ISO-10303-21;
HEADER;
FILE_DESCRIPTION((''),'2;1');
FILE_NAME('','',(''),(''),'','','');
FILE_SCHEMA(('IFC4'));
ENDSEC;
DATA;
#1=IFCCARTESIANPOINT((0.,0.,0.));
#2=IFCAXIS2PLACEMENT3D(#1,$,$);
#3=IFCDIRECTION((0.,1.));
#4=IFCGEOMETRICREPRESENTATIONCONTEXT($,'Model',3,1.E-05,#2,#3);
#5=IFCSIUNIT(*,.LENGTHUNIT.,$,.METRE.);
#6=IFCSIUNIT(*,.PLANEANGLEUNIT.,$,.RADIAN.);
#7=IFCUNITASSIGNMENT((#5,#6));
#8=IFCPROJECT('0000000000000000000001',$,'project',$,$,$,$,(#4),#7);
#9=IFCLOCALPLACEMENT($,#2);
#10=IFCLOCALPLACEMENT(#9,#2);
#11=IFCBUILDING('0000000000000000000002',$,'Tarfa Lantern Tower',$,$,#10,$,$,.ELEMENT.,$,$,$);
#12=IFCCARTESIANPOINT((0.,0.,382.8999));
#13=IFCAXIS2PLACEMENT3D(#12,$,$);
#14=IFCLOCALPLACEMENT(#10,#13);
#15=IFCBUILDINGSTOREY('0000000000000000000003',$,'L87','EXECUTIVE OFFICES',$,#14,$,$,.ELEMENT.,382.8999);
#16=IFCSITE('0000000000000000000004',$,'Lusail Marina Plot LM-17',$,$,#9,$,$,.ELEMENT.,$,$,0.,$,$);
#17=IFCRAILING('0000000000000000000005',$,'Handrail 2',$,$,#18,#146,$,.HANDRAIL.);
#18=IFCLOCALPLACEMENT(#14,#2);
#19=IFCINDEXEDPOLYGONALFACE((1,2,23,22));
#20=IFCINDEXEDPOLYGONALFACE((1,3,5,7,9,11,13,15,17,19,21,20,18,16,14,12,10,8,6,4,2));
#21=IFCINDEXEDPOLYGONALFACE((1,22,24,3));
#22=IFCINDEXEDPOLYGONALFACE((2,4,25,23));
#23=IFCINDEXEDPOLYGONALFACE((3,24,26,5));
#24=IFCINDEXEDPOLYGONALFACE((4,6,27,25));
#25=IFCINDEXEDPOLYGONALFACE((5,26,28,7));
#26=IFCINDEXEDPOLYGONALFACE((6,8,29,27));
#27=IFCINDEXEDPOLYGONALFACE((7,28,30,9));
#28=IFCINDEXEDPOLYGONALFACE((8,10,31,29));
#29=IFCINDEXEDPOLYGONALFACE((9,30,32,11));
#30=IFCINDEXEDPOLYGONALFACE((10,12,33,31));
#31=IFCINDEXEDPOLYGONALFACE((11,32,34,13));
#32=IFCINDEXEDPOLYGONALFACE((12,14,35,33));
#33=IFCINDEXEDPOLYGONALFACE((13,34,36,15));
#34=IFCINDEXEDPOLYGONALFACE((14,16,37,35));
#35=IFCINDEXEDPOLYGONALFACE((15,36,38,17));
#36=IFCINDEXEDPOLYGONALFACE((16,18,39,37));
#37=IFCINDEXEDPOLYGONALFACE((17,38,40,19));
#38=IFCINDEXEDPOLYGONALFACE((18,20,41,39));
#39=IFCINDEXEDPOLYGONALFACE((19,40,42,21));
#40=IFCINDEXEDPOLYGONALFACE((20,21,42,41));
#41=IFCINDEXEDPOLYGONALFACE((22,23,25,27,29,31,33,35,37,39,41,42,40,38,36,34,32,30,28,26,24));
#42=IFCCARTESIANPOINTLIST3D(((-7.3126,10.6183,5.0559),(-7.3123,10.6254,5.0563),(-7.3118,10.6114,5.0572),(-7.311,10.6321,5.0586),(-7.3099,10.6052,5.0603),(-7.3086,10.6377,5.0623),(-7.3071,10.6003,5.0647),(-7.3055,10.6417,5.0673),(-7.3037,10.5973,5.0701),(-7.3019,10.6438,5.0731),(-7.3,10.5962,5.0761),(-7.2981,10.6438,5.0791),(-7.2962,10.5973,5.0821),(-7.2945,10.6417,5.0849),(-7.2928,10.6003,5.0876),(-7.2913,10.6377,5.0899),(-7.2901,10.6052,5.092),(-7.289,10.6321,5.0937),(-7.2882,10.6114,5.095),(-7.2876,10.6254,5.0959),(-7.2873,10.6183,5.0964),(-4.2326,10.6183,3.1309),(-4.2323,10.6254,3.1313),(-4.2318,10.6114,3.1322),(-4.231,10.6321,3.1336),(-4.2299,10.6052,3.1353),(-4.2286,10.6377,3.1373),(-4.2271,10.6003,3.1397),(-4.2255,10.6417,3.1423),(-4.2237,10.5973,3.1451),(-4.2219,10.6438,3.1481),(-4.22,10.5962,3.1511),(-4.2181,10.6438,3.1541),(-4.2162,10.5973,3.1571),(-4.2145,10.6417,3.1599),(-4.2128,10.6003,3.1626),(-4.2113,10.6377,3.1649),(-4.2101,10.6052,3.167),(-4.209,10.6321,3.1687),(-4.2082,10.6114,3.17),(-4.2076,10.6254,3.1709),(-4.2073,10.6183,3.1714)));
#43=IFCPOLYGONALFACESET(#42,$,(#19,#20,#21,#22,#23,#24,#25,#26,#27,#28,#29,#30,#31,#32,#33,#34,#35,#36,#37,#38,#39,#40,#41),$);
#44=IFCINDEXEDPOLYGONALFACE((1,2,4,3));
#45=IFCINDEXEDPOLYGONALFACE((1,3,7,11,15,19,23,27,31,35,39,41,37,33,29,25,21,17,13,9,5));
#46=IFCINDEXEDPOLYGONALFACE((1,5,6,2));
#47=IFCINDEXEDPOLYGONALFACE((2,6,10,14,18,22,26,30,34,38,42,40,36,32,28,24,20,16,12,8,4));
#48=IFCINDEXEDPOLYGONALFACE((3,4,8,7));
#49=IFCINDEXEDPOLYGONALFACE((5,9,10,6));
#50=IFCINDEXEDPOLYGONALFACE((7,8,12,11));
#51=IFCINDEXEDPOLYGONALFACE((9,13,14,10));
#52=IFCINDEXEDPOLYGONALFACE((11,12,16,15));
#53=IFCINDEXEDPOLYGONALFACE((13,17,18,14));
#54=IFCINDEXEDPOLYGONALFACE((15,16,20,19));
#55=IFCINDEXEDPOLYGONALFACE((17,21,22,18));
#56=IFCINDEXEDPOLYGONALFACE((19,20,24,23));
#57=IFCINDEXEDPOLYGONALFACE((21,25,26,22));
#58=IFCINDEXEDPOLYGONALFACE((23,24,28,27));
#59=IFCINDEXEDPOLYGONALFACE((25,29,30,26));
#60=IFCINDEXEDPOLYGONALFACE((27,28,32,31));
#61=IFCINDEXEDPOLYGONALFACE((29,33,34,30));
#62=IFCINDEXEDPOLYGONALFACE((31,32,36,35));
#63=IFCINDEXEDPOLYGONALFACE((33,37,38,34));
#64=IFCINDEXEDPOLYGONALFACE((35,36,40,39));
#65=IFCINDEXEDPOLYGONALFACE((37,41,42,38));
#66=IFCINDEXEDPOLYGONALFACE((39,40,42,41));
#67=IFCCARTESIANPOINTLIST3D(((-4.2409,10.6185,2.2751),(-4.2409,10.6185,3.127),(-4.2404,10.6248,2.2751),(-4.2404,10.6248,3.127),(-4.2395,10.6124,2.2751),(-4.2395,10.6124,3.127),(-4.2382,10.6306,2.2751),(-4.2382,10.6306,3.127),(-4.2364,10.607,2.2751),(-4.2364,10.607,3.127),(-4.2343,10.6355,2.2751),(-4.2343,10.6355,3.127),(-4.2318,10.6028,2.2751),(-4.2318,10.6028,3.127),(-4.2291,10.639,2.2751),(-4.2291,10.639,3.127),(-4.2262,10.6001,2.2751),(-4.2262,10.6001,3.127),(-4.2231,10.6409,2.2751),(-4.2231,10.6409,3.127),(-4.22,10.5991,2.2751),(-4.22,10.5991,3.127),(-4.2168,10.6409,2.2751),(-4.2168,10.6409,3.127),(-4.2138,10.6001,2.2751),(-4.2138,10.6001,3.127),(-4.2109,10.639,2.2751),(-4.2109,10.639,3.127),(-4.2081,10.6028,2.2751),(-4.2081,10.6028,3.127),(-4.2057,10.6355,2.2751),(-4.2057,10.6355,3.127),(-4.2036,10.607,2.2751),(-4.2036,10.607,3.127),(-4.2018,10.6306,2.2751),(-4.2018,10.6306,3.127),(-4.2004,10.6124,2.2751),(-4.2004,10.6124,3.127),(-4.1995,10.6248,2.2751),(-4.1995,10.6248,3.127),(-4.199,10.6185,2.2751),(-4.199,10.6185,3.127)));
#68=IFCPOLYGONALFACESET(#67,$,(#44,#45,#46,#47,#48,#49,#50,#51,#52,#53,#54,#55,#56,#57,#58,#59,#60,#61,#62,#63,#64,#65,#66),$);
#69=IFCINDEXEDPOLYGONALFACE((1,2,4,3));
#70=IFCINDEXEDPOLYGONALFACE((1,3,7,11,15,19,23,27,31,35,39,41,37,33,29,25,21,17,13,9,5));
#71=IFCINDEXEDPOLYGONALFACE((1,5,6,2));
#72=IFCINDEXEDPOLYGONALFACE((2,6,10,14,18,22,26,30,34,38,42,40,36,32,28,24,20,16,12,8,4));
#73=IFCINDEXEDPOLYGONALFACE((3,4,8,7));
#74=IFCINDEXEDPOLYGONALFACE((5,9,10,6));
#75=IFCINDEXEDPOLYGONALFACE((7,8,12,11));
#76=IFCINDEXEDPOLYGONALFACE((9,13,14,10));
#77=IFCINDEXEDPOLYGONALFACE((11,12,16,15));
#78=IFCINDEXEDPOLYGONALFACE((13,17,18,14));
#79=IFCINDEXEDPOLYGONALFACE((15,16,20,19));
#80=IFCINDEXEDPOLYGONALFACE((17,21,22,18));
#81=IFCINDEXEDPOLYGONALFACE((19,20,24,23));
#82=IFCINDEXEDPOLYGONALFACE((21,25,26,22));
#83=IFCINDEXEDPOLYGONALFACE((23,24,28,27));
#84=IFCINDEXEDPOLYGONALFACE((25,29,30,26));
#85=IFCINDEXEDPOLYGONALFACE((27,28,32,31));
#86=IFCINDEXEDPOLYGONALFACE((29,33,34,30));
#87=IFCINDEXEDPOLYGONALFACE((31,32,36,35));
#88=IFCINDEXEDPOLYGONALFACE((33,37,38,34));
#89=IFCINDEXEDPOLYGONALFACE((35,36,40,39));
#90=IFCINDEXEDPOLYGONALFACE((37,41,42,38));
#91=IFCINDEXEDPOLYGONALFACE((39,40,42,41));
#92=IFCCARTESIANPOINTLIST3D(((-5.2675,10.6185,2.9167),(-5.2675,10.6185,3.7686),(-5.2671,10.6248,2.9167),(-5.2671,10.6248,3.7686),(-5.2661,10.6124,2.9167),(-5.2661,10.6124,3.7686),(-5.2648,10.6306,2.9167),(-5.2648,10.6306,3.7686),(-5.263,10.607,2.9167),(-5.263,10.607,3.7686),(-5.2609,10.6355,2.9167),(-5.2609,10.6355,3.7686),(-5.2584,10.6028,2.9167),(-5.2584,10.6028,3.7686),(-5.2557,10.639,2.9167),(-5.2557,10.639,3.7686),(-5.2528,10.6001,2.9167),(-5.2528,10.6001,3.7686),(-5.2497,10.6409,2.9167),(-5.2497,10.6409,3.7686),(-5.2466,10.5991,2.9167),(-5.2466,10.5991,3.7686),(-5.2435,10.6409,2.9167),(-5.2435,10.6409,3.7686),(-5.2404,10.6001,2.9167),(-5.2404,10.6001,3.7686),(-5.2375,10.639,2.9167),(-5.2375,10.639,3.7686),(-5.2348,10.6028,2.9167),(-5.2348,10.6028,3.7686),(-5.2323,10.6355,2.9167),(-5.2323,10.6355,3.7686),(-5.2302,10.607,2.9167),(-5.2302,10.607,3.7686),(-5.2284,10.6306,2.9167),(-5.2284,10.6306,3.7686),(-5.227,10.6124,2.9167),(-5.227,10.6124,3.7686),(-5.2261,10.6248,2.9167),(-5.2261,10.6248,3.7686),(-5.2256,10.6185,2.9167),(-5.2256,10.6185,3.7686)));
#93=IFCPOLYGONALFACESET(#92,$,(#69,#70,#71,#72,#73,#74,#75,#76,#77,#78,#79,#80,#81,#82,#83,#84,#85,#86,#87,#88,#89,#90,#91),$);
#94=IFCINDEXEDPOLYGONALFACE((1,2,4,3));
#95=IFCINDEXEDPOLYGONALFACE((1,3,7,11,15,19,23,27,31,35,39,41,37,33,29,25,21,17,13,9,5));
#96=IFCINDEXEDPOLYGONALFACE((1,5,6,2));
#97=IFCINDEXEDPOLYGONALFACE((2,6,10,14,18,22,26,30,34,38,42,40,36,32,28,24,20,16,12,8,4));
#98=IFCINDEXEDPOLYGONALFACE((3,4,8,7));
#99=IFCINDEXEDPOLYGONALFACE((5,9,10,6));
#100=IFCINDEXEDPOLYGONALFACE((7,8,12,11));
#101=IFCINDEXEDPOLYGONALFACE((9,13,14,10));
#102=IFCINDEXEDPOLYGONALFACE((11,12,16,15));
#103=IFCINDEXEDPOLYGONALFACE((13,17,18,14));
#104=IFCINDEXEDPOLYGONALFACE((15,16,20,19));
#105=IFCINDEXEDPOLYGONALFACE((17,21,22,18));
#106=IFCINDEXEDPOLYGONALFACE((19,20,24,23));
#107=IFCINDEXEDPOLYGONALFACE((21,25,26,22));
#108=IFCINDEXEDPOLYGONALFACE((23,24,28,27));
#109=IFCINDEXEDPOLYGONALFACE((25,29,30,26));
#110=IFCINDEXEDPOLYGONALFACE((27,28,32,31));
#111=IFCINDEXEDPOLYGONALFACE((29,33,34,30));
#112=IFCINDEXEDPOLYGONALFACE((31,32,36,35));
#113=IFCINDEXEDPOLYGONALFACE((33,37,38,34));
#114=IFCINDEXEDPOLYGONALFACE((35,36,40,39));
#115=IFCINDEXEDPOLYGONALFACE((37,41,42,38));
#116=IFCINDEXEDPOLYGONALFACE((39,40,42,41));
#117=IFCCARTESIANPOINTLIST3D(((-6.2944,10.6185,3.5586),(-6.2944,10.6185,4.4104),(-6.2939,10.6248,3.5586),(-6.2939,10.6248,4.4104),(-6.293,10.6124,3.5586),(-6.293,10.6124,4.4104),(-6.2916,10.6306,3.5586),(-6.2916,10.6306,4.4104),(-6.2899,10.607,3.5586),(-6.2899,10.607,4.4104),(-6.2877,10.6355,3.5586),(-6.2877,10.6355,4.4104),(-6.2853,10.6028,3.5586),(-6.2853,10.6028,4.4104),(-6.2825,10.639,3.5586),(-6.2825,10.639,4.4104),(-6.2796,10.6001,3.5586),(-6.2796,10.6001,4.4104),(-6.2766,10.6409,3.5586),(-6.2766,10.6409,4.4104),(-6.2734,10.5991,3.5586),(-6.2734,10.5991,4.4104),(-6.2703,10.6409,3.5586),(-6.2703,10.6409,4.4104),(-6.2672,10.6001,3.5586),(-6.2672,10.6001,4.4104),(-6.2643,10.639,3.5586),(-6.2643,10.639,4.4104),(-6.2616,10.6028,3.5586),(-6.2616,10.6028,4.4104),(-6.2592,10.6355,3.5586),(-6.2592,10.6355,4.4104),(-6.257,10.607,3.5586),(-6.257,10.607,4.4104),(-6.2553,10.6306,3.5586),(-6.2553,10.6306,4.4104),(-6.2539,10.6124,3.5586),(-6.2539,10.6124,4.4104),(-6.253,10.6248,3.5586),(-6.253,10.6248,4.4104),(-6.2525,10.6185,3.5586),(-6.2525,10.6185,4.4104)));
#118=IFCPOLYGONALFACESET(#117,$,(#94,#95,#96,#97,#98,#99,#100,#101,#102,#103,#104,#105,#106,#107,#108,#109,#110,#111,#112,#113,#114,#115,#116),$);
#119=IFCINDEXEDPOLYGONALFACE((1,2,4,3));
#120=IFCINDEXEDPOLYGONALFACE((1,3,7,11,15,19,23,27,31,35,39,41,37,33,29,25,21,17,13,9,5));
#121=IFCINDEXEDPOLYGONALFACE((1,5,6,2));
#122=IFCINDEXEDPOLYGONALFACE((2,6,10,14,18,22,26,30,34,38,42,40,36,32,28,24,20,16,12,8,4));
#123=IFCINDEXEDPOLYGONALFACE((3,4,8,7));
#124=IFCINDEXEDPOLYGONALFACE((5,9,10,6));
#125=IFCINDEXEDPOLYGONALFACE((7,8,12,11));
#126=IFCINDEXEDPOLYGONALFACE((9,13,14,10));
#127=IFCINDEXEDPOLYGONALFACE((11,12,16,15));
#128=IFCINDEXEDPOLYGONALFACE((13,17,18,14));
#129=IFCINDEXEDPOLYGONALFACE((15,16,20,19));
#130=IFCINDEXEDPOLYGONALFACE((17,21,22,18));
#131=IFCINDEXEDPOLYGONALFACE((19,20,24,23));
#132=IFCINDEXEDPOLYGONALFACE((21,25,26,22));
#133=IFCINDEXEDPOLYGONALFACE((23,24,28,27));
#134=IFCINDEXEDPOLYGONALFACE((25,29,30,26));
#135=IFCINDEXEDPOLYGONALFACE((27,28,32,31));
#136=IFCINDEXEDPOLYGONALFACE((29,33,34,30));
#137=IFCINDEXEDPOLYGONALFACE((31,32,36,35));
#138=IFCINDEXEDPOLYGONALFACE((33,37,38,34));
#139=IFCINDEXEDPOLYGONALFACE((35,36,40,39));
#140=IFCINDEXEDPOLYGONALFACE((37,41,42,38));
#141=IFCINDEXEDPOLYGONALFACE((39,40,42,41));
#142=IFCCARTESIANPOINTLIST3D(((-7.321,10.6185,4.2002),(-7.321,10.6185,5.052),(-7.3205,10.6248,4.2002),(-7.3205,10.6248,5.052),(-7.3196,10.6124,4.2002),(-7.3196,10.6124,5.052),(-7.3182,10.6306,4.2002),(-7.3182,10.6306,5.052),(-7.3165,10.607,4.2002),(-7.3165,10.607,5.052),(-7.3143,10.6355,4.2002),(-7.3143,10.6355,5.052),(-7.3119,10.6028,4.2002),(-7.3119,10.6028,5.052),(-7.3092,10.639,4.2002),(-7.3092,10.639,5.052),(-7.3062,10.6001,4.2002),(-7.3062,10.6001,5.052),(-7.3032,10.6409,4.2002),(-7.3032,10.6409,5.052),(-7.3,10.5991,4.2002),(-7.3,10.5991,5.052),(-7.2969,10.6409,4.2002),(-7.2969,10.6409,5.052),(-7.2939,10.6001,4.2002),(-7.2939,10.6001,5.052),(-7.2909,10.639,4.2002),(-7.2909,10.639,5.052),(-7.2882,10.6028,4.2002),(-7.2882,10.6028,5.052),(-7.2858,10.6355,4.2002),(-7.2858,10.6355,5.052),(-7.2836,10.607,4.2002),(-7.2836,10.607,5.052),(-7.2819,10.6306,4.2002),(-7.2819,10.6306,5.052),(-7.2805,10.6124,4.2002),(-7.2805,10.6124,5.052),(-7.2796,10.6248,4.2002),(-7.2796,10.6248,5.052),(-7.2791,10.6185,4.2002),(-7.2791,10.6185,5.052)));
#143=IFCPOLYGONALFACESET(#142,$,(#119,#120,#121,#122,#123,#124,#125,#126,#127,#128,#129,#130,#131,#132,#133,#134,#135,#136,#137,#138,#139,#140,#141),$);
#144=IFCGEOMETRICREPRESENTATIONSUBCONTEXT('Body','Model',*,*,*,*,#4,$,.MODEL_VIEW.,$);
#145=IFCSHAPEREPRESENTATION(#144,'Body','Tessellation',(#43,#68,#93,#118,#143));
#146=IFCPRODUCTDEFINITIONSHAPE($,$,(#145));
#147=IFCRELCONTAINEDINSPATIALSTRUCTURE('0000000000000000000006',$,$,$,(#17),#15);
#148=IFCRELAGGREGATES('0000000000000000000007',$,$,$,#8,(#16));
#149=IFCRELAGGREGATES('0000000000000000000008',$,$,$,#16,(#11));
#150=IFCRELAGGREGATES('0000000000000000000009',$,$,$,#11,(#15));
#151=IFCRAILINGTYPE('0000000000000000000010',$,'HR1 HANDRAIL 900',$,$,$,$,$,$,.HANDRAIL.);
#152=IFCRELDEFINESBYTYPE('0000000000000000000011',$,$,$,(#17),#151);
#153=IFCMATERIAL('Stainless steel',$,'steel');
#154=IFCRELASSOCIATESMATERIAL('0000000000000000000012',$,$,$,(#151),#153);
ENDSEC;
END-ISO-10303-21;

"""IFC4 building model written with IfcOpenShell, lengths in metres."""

from ifc_helpers import new_model, si_unit, direction, frame, origin, origin_2d, place, context, subcontext, project, spatial, circle, extrude, material, type_object, element, save


model = new_model("IFC4")

# Units and contexts
model_context = context("Model", 3, precision=1e-05, world=origin(), true_north=direction((0.0, 1.0)))
body_context = subcontext(model_context, "Body", "Model", "MODEL_VIEW")
ifc_project = project(units=[si_unit("LENGTHUNIT", "METRE"), si_unit("PLANEANGLEUNIT", "RADIAN")], contexts=[model_context])

# Site, building, storey
site_placement = place(None, origin())
site = spatial("IfcSite", under=ifc_project, at=site_placement, Name="Lusail Marina Plot LM-17", CompositionType="ELEMENT", RefElevation=0.0)
building_placement = place(site_placement, origin())
building = spatial("IfcBuilding", under=site, at=building_placement, Name="Tarfa Lantern Tower", CompositionType="ELEMENT")
storey_placement = place(building_placement, frame((0.0, 0.0, 382.8999)))
storey = spatial("IfcBuildingStorey", under=building, at=storey_placement, Name="L87", Description="EXECUTIVE OFFICES", CompositionType="ELEMENT", Elevation=382.8999)

# Railing
ifc_material_1 = material(Name="Stainless steel", Category="steel")
railing_type = type_object("IfcRailingType", Name="HR1 HANDRAIL 900", PredefinedType="HANDRAIL", material=ifc_material_1)
railing_1_placement = place(storey_placement, frame((-4.22, 10.6201, 2.2751)))
element("IfcRailing", 1, at=railing_1_placement, inside=storey, type_object=railing_type, Name="Handrail 2", PredefinedType="HANDRAIL", context=body_context, shape_type="SweptSolid", body=[
    extrude(circle(Radius=0.0239, at=origin_2d()), frame((0.0, 0.0, 0.876), z_axis=(-0.847998, 0.0, 0.529999), x_axis=(0.0, -1.0, 0.0)), (0.0, 0.0, 1.0), 3.6321),
    extrude(circle(Radius=0.021, at=origin_2d()), frame((0.0, 0.0, 0.0), z_axis=(0.0, 0.0, 1.0), x_axis=(0.0, -1.0, 0.0)), (0.0, 0.0, 1.0), 0.8518),
    extrude(circle(Radius=0.021, at=origin_2d()), frame((-1.0266, 0.0, 0.6416), z_axis=(0.0, 0.0, 1.0), x_axis=(0.0, -1.0, 0.0)), (0.0, 0.0, 1.0), 0.8518),
    extrude(circle(Radius=0.021, at=origin_2d()), frame((-2.0535, 0.0, 1.2834), z_axis=(0.0, 0.0, 1.0), x_axis=(0.0, -1.0, 0.0)), (0.0, 0.0, 1.0), 0.8518),
    extrude(circle(Radius=0.021, at=origin_2d()), frame((-3.0801, 0.0, 1.925), z_axis=(0.0, 0.0, 1.0), x_axis=(0.0, -1.0, 0.0)), (0.0, 0.0, 1.0), 0.8518),
])

save(model, "model.ifc")
